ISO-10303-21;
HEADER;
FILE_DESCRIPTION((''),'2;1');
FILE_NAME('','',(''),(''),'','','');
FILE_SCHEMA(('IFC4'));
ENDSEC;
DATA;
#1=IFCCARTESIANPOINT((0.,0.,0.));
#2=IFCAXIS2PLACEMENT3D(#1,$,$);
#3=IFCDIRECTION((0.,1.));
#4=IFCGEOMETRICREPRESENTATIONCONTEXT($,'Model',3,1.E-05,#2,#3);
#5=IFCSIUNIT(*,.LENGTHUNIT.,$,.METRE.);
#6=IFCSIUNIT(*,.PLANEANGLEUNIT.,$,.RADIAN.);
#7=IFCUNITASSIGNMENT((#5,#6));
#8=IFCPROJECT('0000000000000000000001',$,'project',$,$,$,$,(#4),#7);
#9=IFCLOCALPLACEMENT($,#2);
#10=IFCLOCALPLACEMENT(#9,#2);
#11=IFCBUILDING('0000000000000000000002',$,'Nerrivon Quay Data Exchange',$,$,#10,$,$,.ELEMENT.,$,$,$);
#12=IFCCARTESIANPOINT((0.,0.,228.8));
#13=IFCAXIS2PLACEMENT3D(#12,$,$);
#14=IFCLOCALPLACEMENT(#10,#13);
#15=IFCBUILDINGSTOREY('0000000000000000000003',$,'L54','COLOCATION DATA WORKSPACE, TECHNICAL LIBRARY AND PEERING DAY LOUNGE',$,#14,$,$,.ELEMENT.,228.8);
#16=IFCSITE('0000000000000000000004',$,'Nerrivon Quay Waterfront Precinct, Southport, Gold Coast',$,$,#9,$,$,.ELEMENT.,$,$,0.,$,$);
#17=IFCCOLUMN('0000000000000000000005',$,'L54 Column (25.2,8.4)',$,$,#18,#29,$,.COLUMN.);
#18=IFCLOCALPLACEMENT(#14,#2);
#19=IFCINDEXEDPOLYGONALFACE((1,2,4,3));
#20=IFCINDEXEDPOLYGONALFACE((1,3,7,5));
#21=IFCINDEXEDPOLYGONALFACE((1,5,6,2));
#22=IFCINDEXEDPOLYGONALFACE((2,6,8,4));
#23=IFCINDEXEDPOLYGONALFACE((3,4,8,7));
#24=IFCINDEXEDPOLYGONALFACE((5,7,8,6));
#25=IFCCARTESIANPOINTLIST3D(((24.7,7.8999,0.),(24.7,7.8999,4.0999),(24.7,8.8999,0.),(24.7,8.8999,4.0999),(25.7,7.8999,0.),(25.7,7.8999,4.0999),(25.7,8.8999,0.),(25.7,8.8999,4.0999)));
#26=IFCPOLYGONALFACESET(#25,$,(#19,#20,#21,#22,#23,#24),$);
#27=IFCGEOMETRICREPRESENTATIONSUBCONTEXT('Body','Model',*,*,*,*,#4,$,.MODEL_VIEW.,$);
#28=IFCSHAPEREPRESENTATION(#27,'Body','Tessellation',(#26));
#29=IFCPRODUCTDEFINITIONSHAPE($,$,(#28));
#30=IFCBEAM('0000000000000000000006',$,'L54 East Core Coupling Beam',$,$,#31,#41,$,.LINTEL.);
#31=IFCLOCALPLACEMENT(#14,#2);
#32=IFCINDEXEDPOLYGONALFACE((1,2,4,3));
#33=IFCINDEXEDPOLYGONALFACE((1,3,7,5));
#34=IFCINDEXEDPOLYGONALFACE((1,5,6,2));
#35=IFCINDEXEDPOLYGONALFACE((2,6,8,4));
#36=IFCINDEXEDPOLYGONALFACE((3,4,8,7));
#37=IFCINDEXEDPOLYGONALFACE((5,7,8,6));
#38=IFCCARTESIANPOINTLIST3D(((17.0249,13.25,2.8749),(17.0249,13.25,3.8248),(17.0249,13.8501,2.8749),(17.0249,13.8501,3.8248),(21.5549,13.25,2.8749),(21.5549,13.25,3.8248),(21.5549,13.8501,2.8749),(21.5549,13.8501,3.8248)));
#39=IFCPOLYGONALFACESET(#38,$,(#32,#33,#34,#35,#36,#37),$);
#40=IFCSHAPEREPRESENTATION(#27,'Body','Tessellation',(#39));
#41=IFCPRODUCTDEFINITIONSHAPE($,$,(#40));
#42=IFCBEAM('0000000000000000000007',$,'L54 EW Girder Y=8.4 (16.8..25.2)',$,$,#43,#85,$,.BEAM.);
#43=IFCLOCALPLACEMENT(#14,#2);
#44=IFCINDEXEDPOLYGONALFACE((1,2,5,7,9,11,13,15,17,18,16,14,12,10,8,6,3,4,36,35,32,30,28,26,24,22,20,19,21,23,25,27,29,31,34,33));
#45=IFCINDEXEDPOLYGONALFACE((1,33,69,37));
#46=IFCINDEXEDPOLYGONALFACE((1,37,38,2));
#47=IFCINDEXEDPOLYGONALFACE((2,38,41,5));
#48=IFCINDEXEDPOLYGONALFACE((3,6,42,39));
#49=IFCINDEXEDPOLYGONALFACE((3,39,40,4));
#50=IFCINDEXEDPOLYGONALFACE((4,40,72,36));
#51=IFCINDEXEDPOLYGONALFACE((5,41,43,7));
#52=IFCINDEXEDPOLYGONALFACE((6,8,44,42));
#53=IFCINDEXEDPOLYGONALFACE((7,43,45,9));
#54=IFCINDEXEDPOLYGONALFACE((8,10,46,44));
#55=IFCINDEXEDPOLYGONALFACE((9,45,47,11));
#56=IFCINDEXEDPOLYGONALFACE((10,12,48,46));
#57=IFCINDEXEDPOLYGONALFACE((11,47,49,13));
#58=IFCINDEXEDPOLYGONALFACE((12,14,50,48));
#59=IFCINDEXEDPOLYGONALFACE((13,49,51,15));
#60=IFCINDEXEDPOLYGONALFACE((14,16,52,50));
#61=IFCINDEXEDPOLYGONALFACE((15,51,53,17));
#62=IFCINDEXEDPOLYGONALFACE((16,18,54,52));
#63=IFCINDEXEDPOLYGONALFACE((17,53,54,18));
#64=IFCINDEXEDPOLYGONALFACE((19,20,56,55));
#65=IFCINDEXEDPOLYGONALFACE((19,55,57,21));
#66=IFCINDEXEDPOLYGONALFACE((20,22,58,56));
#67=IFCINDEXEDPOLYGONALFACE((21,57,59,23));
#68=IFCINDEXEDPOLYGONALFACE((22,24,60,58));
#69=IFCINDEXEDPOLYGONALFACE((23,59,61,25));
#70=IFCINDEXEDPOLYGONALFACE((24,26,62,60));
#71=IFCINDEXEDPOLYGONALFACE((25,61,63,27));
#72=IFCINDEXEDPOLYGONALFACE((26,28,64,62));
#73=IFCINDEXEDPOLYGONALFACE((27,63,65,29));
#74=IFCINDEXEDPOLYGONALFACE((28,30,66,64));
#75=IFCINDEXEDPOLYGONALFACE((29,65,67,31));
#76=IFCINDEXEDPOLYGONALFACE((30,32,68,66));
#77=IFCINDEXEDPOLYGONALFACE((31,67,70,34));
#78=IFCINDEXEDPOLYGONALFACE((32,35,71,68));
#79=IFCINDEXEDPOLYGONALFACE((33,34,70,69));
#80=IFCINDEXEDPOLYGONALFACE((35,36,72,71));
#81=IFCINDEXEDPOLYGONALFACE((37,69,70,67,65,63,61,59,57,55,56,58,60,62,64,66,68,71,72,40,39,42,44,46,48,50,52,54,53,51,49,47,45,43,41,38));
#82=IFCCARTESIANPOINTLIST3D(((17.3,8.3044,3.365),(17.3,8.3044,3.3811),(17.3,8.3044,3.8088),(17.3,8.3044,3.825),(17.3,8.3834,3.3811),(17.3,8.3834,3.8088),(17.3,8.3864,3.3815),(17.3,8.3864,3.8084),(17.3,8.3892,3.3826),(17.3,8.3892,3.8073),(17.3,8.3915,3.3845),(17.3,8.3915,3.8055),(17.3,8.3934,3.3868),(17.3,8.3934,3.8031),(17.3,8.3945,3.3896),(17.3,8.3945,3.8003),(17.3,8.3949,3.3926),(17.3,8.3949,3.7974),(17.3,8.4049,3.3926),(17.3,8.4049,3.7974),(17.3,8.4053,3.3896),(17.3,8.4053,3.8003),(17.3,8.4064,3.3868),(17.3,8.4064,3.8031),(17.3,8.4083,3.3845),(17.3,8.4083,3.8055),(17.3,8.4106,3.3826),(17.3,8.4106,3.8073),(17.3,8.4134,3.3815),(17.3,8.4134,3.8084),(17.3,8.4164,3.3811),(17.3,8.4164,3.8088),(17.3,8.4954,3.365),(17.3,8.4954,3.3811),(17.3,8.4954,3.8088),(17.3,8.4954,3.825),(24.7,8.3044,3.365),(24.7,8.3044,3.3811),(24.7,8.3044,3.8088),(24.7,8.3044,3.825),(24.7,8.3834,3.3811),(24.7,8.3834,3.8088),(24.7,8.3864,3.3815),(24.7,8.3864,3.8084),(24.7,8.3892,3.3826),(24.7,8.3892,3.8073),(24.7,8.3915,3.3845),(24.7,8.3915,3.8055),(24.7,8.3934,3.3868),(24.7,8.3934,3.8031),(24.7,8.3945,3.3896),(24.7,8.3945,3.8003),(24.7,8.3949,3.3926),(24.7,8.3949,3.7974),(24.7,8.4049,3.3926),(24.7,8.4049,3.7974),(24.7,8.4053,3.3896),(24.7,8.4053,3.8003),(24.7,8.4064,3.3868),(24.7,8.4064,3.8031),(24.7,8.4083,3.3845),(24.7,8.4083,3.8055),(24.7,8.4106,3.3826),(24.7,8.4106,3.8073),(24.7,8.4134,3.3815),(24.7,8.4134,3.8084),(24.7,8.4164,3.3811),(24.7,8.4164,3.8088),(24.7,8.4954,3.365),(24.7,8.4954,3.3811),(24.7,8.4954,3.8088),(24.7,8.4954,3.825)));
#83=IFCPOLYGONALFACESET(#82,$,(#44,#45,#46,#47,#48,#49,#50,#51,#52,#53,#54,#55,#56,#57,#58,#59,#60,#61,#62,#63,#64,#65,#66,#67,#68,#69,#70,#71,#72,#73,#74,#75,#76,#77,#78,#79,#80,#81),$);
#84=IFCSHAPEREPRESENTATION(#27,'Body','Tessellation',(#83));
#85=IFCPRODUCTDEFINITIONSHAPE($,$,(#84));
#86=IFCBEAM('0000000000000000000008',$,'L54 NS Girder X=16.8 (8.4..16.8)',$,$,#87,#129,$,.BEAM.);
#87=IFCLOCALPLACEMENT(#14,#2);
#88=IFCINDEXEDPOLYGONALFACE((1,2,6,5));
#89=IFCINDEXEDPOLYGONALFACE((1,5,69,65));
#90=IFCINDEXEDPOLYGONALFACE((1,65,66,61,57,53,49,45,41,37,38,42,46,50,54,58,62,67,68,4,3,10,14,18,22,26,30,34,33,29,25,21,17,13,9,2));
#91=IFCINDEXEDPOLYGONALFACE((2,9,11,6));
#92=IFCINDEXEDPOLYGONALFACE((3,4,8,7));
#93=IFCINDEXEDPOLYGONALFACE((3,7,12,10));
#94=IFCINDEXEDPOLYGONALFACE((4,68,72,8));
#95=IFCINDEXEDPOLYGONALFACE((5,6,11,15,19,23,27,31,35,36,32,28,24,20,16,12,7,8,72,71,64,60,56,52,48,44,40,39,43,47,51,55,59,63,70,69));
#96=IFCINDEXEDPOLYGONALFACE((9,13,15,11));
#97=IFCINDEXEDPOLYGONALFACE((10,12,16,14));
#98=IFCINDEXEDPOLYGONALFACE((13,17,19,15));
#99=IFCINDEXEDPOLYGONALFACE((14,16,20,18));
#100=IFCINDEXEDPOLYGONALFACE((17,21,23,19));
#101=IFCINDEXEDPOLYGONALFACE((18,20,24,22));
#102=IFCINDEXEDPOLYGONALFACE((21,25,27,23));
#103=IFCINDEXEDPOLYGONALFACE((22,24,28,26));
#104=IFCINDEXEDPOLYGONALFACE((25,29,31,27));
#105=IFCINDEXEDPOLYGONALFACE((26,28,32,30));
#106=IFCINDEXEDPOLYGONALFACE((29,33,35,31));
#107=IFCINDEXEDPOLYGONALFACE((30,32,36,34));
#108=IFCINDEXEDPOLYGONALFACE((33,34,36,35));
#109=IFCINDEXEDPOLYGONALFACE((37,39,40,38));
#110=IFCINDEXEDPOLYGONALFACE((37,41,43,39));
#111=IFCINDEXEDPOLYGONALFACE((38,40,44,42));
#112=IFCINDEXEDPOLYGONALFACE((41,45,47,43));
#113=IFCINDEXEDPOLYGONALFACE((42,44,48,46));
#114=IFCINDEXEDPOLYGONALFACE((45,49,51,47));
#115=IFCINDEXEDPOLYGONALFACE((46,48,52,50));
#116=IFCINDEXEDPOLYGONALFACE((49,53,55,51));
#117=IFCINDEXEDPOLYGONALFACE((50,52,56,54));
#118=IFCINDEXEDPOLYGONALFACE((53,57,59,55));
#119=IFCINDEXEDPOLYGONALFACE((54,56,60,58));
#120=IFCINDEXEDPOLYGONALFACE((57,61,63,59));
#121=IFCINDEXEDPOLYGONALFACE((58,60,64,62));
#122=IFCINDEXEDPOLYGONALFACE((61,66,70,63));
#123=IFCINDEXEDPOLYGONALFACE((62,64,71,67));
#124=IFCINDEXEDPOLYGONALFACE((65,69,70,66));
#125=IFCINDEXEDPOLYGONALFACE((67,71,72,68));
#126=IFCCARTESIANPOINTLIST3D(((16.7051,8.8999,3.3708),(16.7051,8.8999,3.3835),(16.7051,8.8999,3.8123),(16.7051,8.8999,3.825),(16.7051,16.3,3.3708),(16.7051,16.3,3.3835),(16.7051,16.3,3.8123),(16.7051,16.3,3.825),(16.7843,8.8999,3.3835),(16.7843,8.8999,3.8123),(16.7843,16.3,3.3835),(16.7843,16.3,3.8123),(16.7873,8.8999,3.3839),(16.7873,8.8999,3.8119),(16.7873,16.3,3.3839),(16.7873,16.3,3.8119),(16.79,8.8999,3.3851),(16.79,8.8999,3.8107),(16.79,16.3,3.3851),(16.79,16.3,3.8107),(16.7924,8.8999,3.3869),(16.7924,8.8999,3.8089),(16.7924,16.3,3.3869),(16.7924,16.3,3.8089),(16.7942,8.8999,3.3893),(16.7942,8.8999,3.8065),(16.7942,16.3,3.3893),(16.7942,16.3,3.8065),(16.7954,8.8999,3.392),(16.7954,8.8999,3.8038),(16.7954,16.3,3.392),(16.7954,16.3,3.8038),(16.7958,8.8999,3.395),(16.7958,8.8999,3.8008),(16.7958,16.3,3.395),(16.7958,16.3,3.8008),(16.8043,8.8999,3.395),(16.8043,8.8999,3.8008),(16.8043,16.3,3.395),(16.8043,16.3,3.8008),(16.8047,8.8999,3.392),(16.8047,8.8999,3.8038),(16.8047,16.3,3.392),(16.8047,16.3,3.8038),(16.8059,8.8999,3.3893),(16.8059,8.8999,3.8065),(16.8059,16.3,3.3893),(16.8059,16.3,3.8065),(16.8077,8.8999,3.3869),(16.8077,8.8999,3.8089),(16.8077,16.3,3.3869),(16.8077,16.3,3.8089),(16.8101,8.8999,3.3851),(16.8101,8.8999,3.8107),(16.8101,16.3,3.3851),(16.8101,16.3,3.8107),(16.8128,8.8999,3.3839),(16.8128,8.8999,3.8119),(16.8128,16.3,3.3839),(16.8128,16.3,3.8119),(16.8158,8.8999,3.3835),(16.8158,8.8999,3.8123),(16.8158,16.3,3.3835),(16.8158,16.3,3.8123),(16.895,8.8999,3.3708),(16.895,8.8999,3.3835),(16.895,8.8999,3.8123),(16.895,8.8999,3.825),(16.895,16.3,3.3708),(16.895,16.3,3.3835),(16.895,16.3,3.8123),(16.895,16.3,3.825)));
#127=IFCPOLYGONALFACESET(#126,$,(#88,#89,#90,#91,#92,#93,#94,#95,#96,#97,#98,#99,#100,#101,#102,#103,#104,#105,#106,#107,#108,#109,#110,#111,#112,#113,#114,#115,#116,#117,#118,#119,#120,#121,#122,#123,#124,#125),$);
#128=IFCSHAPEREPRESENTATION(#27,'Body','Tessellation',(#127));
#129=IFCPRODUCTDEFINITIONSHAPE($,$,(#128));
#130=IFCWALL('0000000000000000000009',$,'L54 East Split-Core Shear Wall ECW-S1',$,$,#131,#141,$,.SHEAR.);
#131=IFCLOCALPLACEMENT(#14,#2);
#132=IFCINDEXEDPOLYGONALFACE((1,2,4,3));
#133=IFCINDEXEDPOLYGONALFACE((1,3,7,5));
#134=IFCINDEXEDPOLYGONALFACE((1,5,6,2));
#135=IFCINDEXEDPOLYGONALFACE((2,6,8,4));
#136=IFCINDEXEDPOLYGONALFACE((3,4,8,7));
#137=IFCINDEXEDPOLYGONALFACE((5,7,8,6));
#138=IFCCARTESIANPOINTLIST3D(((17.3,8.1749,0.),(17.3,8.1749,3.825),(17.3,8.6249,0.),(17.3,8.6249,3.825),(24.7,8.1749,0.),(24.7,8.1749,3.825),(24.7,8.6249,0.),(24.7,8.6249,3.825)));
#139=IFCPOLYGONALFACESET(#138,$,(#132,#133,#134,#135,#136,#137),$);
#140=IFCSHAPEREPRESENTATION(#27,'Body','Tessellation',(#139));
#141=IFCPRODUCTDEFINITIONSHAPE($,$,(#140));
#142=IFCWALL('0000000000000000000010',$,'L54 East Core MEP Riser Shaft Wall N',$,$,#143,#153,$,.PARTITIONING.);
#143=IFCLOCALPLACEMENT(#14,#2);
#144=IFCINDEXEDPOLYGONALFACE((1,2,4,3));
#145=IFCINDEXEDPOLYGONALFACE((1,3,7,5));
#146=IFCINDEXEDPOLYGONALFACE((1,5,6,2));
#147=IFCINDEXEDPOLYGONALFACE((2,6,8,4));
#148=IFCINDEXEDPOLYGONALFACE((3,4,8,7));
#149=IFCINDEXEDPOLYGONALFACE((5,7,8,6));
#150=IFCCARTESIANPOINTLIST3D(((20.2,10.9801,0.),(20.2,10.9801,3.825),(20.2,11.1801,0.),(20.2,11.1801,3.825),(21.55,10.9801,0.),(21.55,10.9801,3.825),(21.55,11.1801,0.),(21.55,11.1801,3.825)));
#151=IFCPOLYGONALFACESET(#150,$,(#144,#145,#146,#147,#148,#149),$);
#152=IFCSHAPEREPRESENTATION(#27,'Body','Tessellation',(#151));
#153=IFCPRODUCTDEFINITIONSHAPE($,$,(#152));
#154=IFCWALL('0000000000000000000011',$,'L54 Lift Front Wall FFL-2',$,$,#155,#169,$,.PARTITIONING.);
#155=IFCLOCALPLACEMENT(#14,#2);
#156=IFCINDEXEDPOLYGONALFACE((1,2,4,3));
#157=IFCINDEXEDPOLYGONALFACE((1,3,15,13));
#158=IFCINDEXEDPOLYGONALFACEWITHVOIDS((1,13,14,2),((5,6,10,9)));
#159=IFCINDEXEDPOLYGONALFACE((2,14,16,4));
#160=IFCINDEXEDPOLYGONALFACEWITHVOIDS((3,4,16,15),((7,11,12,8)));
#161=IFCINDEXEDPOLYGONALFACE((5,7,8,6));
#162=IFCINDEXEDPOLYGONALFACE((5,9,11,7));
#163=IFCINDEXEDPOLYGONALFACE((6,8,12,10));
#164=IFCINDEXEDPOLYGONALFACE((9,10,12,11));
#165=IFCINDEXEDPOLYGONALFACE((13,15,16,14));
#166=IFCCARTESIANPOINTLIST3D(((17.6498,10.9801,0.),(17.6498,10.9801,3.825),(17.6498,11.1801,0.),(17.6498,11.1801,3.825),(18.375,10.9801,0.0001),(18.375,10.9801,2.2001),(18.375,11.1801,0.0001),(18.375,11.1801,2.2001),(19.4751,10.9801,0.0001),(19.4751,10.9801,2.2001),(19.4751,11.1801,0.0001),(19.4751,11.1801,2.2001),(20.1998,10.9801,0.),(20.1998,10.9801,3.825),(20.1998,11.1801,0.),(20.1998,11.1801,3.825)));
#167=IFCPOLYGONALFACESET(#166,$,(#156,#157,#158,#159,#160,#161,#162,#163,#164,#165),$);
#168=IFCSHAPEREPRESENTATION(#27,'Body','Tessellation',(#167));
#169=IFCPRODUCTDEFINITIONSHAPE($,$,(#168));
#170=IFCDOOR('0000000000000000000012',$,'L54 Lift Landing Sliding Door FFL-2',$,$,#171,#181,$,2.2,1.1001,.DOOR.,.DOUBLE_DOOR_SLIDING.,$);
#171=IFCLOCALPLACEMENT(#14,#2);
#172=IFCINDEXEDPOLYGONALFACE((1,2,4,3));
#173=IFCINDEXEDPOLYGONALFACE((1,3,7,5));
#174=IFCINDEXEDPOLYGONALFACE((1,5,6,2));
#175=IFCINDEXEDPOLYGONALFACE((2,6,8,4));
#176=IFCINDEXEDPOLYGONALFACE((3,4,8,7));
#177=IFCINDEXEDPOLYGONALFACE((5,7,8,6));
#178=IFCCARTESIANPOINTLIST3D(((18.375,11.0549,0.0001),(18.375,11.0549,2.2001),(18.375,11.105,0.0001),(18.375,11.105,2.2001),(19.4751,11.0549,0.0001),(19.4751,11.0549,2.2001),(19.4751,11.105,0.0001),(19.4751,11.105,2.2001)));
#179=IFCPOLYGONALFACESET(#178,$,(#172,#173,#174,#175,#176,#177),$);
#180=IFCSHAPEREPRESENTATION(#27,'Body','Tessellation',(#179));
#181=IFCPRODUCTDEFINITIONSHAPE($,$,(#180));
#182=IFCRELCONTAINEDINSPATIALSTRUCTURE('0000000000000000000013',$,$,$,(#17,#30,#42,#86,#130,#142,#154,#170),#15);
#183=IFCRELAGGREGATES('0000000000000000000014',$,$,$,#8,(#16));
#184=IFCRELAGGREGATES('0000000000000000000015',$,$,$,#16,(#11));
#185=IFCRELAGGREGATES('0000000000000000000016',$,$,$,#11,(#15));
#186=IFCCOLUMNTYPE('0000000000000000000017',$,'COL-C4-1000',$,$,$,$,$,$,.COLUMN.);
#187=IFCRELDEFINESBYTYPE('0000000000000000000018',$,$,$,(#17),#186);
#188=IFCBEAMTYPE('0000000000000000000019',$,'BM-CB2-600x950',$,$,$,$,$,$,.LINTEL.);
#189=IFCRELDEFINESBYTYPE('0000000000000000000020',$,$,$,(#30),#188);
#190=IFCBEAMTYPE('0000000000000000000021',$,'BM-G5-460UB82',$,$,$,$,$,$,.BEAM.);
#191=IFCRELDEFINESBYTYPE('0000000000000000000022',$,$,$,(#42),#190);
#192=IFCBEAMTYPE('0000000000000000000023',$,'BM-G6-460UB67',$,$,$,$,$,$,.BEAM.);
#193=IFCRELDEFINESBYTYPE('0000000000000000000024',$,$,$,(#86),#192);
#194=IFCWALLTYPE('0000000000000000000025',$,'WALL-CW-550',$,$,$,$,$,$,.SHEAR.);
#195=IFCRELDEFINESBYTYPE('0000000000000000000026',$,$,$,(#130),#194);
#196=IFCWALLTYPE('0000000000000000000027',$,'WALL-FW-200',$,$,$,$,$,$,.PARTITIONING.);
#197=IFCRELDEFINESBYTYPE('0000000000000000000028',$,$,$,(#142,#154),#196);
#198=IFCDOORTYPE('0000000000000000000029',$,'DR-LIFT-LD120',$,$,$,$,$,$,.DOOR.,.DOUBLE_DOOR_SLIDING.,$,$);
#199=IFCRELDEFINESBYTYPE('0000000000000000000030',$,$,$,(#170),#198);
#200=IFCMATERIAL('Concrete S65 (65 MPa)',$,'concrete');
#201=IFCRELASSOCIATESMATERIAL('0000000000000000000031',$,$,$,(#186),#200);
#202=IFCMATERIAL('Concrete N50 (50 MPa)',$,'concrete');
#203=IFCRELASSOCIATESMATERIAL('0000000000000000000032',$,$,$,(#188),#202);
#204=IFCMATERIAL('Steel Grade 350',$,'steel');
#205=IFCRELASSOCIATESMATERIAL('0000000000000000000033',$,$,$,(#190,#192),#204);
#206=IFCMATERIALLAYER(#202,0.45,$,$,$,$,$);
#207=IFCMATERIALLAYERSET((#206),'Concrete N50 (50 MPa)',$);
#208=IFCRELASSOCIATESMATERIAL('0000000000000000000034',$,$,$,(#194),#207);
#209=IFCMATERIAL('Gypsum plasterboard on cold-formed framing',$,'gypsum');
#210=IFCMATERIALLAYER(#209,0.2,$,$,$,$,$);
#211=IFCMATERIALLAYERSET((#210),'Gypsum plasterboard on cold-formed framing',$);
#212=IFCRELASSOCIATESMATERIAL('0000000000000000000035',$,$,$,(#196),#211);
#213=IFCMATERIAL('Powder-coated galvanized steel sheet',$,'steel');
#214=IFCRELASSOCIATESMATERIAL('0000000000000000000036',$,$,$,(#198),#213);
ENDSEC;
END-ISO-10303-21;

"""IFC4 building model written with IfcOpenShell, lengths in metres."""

from ifc_helpers import new_model, si_unit, direction, frame, frame_2d, origin, origin_2d, place, context, subcontext, project, spatial, rectangle, i_section, extrude, material, layer, layer_set, material_profile, profile_set, type_object, element, fill, save


model = new_model("IFC4")

# Units and contexts
model_context = context("Model", 3, precision=1e-05, world=origin(), true_north=direction((0.0, 1.0)))
body_context = subcontext(model_context, "Body", "Model", "MODEL_VIEW")
ifc_project = project(units=[si_unit("LENGTHUNIT", "METRE"), si_unit("PLANEANGLEUNIT", "RADIAN")], contexts=[model_context])

# Site, building, storey
site_placement = place(None, origin())
site = spatial("IfcSite", under=ifc_project, at=site_placement, Name="Nerrivon Quay Waterfront Precinct, Southport, Gold Coast", CompositionType="ELEMENT", RefElevation=0.0)
building_placement = place(site_placement, origin())
building = spatial("IfcBuilding", under=site, at=building_placement, Name="Nerrivon Quay Data Exchange", CompositionType="ELEMENT")
storey_placement = place(building_placement, frame((0.0, 0.0, 228.8)))
storey = spatial("IfcBuildingStorey", under=building, at=storey_placement, Name="L54", Description="COLOCATION DATA WORKSPACE, TECHNICAL LIBRARY AND PEERING DAY LOUNGE", CompositionType="ELEMENT", Elevation=228.8)

# Column
ifc_material_1 = material(Name="Concrete S65 (65 MPa)", Category="concrete")
ifc_material_profile_1 = material_profile(ifc_material_1, rectangle(XDim=1.0, YDim=1.0, at=origin_2d()), Name="RC-COL-1000x1000")
ifc_profile_set_1 = profile_set([ifc_material_profile_1], Name="Concrete S65 (65 MPa)")
column_type = type_object("IfcColumnType", Name="COL-C4-1000", PredefinedType="COLUMN", material=ifc_profile_set_1)
column_placement = place(storey_placement, frame((25.2, 8.3999, 0.0), z_axis=(0.0, 0.0, 1.0), x_axis=(1.0, 0.0, 0.0)))
element("IfcColumn", 1, at=column_placement, inside=storey, type_object=column_type, Name="L54 Column (25.2,8.4)", PredefinedType="COLUMN", context=body_context, shape_type="SweptSolid", body=[
    extrude(rectangle(XDim=1.0, YDim=1.0, at=origin_2d()), origin(), (0.0, 0.0, 1.0), 4.0999),
])

# Beams
ifc_material_2 = material(Name="Concrete N50 (50 MPa)", Category="concrete")
ifc_material_profile_2 = material_profile(ifc_material_2, rectangle(XDim=0.6001, YDim=0.95, at=origin_2d()), Name="RC-CB-600x950")
ifc_profile_set_2 = profile_set([ifc_material_profile_2], Name="Concrete N50 (50 MPa)")
beam_type_1 = type_object("IfcBeamType", Name="BM-CB2-600x950", PredefinedType="LINTEL", material=ifc_profile_set_2)
beam_1_placement = place(storey_placement, frame((17.0249, 13.55, 3.3499), z_axis=(1.0, 0.0, 0.0), x_axis=(0.0, 1.0, 0.0)))
element("IfcBeam", 2, at=beam_1_placement, inside=storey, type_object=beam_type_1, Name="L54 East Core Coupling Beam", PredefinedType="LINTEL", context=body_context, shape_type="SweptSolid", body=[
    extrude(rectangle(XDim=0.6001, YDim=0.95, at=origin_2d()), origin(), (0.0, 0.0, 1.0), 4.53),
])
ifc_material_3 = material(Name="Steel Grade 350", Category="steel")
ifc_material_profile_3 = material_profile(ifc_material_3, i_section(OverallWidth=0.1909, OverallDepth=0.46, WebThickness=0.01, FlangeThickness=0.0161, FilletRadius=0.0115, at=origin_2d()), Name="460UB82.1")
ifc_profile_set_3 = profile_set([ifc_material_profile_3], Name="Steel Grade 350")
beam_type_2 = type_object("IfcBeamType", Name="BM-G5-460UB82", PredefinedType="BEAM", material=ifc_profile_set_3)
beam_2_placement = place(storey_placement, frame((17.3, 8.3999, 3.595), z_axis=(1.0, 0.0, 0.0), x_axis=(0.0, 1.0, 0.0)))
element("IfcBeam", 3, at=beam_2_placement, inside=storey, type_object=beam_type_2, Name="L54 EW Girder Y=8.4 (16.8..25.2)", PredefinedType="BEAM", context=body_context, shape_type="SweptSolid", body=[
    extrude(i_section(OverallWidth=0.1909, OverallDepth=0.46, WebThickness=0.01, FlangeThickness=0.0161, FilletRadius=0.0115, at=origin_2d()), origin(), (0.0, 0.0, 1.0), 7.3999),
])
ifc_material_profile_4 = material_profile(ifc_material_3, i_section(OverallWidth=0.1899, OverallDepth=0.4541, WebThickness=0.0085, FlangeThickness=0.0127, FilletRadius=0.0115, at=origin_2d()), Name="460UB67.1")
ifc_profile_set_4 = profile_set([ifc_material_profile_4], Name="Steel Grade 350")
beam_type_3 = type_object("IfcBeamType", Name="BM-G6-460UB67", PredefinedType="BEAM", material=ifc_profile_set_4)
beam_3_placement = place(storey_placement, frame((16.8, 8.8999, 3.5979), z_axis=(0.0, 1.0, 0.0), x_axis=(-1.0, 0.0, 0.0)))
element("IfcBeam", 4, at=beam_3_placement, inside=storey, type_object=beam_type_3, Name="L54 NS Girder X=16.8 (8.4..16.8)", PredefinedType="BEAM", context=body_context, shape_type="SweptSolid", body=[
    extrude(i_section(OverallWidth=0.1899, OverallDepth=0.4541, WebThickness=0.0085, FlangeThickness=0.0127, FilletRadius=0.0115, at=origin_2d()), origin(), (0.0, 0.0, 1.0), 7.4001),
])

# Wall
ifc_layer_1 = layer(ifc_material_2, 0.45)
ifc_layer_set_1 = layer_set([ifc_layer_1], Name="Concrete N50 (50 MPa)")
wall_type_1 = type_object("IfcWallType", Name="WALL-CW-550", PredefinedType="SHEAR", material=ifc_layer_set_1)
wall_1_placement = place(storey_placement, frame((17.3, 8.3999, 0.0), z_axis=(0.0, 0.0, 1.0), x_axis=(1.0, 0.0, 0.0)))
element("IfcWall", 5, at=wall_1_placement, inside=storey, type_object=wall_type_1, Name="L54 East Split-Core Shear Wall ECW-S1", PredefinedType="SHEAR", context=body_context, shape_type="SweptSolid", body=[
    extrude(rectangle(XDim=7.3999, YDim=0.45, at=frame_2d((3.7, 0.0))), origin(), (0.0, 0.0, 1.0), 3.825),
])

# Shared definitions
ifc_material_4 = material(Name="Powder-coated galvanized steel sheet", Category="steel")

# Wall
ifc_material_5 = material(Name="Gypsum plasterboard on cold-formed framing", Category="gypsum")
ifc_layer_2 = layer(ifc_material_5, 0.2)
ifc_layer_set_2 = layer_set([ifc_layer_2], Name="Gypsum plasterboard on cold-formed framing")
wall_type_2 = type_object("IfcWallType", Name="WALL-FW-200", PredefinedType="PARTITIONING", material=ifc_layer_set_2)
wall_2_placement = place(storey_placement, frame((20.2, 11.0801, 0.0), z_axis=(0.0, 0.0, 1.0), x_axis=(1.0, 0.0, 0.0)))
element("IfcWall", 6, at=wall_2_placement, inside=storey, type_object=wall_type_2, Name="L54 East Core MEP Riser Shaft Wall N", PredefinedType="PARTITIONING", context=body_context, shape_type="SweptSolid", body=[
    extrude(rectangle(XDim=1.3501, YDim=0.2, at=frame_2d((0.675, 0.0))), origin(), (0.0, 0.0, 1.0), 3.825),
])

# Wall, opening, door
wall_3_placement = place(storey_placement, frame((17.6499, 11.0801, 0.0), z_axis=(0.0, 0.0, 1.0), x_axis=(1.0, 0.0, 0.0)))
wall_3 = element("IfcWall", 7, at=wall_3_placement, inside=storey, type_object=wall_type_2, Name="L54 Lift Front Wall FFL-2", PredefinedType="PARTITIONING", context=body_context, shape_type="SweptSolid", body=[
    extrude(rectangle(XDim=2.55, YDim=0.2, at=frame_2d((1.2749, 0.0))), origin(), (0.0, 0.0, 1.0), 3.825),
])
opening_1_placement = place(wall_3_placement, frame((0.7251, 0.0, 0.0)))
opening_1 = element("IfcOpeningElement", 8, at=opening_1_placement, cuts=wall_3, PredefinedType="OPENING", context=body_context, shape_type="SweptSolid", body=[
    extrude(rectangle(XDim=1.1001, YDim=2.2, at=frame_2d((0.55, 1.1001))), frame((0.0, 0.1099, 0.0), z_axis=(0.0, -1.0, 0.0), x_axis=(1.0, 0.0, 0.0)), (0.0, 0.0, 1.0), 0.22),
])
door_type_1 = type_object("IfcDoorType", Name="DR-LIFT-LD120", OperationType="DOUBLE_DOOR_SLIDING", PredefinedType="DOOR", material=ifc_material_4)
door_1_placement = place(opening_1_placement, origin())
door_1 = element("IfcDoor", 9, at=door_1_placement, inside=storey, type_object=door_type_1, Name="L54 Lift Landing Sliding Door FFL-2", OperationType="DOUBLE_DOOR_SLIDING", OverallHeight=2.2, OverallWidth=1.1001, PredefinedType="DOOR", context=body_context, shape_type="SweptSolid", body=[
    extrude(rectangle(XDim=1.1001, YDim=2.2, at=frame_2d((0.55, 1.1001))), frame((0.0, 0.0249, 0.0), z_axis=(0.0, -1.0, 0.0), x_axis=(1.0, 0.0, 0.0)), (0.0, 0.0, 1.0), 0.05),
])
fill(opening_1, door_1)

save(model, "model.ifc")
